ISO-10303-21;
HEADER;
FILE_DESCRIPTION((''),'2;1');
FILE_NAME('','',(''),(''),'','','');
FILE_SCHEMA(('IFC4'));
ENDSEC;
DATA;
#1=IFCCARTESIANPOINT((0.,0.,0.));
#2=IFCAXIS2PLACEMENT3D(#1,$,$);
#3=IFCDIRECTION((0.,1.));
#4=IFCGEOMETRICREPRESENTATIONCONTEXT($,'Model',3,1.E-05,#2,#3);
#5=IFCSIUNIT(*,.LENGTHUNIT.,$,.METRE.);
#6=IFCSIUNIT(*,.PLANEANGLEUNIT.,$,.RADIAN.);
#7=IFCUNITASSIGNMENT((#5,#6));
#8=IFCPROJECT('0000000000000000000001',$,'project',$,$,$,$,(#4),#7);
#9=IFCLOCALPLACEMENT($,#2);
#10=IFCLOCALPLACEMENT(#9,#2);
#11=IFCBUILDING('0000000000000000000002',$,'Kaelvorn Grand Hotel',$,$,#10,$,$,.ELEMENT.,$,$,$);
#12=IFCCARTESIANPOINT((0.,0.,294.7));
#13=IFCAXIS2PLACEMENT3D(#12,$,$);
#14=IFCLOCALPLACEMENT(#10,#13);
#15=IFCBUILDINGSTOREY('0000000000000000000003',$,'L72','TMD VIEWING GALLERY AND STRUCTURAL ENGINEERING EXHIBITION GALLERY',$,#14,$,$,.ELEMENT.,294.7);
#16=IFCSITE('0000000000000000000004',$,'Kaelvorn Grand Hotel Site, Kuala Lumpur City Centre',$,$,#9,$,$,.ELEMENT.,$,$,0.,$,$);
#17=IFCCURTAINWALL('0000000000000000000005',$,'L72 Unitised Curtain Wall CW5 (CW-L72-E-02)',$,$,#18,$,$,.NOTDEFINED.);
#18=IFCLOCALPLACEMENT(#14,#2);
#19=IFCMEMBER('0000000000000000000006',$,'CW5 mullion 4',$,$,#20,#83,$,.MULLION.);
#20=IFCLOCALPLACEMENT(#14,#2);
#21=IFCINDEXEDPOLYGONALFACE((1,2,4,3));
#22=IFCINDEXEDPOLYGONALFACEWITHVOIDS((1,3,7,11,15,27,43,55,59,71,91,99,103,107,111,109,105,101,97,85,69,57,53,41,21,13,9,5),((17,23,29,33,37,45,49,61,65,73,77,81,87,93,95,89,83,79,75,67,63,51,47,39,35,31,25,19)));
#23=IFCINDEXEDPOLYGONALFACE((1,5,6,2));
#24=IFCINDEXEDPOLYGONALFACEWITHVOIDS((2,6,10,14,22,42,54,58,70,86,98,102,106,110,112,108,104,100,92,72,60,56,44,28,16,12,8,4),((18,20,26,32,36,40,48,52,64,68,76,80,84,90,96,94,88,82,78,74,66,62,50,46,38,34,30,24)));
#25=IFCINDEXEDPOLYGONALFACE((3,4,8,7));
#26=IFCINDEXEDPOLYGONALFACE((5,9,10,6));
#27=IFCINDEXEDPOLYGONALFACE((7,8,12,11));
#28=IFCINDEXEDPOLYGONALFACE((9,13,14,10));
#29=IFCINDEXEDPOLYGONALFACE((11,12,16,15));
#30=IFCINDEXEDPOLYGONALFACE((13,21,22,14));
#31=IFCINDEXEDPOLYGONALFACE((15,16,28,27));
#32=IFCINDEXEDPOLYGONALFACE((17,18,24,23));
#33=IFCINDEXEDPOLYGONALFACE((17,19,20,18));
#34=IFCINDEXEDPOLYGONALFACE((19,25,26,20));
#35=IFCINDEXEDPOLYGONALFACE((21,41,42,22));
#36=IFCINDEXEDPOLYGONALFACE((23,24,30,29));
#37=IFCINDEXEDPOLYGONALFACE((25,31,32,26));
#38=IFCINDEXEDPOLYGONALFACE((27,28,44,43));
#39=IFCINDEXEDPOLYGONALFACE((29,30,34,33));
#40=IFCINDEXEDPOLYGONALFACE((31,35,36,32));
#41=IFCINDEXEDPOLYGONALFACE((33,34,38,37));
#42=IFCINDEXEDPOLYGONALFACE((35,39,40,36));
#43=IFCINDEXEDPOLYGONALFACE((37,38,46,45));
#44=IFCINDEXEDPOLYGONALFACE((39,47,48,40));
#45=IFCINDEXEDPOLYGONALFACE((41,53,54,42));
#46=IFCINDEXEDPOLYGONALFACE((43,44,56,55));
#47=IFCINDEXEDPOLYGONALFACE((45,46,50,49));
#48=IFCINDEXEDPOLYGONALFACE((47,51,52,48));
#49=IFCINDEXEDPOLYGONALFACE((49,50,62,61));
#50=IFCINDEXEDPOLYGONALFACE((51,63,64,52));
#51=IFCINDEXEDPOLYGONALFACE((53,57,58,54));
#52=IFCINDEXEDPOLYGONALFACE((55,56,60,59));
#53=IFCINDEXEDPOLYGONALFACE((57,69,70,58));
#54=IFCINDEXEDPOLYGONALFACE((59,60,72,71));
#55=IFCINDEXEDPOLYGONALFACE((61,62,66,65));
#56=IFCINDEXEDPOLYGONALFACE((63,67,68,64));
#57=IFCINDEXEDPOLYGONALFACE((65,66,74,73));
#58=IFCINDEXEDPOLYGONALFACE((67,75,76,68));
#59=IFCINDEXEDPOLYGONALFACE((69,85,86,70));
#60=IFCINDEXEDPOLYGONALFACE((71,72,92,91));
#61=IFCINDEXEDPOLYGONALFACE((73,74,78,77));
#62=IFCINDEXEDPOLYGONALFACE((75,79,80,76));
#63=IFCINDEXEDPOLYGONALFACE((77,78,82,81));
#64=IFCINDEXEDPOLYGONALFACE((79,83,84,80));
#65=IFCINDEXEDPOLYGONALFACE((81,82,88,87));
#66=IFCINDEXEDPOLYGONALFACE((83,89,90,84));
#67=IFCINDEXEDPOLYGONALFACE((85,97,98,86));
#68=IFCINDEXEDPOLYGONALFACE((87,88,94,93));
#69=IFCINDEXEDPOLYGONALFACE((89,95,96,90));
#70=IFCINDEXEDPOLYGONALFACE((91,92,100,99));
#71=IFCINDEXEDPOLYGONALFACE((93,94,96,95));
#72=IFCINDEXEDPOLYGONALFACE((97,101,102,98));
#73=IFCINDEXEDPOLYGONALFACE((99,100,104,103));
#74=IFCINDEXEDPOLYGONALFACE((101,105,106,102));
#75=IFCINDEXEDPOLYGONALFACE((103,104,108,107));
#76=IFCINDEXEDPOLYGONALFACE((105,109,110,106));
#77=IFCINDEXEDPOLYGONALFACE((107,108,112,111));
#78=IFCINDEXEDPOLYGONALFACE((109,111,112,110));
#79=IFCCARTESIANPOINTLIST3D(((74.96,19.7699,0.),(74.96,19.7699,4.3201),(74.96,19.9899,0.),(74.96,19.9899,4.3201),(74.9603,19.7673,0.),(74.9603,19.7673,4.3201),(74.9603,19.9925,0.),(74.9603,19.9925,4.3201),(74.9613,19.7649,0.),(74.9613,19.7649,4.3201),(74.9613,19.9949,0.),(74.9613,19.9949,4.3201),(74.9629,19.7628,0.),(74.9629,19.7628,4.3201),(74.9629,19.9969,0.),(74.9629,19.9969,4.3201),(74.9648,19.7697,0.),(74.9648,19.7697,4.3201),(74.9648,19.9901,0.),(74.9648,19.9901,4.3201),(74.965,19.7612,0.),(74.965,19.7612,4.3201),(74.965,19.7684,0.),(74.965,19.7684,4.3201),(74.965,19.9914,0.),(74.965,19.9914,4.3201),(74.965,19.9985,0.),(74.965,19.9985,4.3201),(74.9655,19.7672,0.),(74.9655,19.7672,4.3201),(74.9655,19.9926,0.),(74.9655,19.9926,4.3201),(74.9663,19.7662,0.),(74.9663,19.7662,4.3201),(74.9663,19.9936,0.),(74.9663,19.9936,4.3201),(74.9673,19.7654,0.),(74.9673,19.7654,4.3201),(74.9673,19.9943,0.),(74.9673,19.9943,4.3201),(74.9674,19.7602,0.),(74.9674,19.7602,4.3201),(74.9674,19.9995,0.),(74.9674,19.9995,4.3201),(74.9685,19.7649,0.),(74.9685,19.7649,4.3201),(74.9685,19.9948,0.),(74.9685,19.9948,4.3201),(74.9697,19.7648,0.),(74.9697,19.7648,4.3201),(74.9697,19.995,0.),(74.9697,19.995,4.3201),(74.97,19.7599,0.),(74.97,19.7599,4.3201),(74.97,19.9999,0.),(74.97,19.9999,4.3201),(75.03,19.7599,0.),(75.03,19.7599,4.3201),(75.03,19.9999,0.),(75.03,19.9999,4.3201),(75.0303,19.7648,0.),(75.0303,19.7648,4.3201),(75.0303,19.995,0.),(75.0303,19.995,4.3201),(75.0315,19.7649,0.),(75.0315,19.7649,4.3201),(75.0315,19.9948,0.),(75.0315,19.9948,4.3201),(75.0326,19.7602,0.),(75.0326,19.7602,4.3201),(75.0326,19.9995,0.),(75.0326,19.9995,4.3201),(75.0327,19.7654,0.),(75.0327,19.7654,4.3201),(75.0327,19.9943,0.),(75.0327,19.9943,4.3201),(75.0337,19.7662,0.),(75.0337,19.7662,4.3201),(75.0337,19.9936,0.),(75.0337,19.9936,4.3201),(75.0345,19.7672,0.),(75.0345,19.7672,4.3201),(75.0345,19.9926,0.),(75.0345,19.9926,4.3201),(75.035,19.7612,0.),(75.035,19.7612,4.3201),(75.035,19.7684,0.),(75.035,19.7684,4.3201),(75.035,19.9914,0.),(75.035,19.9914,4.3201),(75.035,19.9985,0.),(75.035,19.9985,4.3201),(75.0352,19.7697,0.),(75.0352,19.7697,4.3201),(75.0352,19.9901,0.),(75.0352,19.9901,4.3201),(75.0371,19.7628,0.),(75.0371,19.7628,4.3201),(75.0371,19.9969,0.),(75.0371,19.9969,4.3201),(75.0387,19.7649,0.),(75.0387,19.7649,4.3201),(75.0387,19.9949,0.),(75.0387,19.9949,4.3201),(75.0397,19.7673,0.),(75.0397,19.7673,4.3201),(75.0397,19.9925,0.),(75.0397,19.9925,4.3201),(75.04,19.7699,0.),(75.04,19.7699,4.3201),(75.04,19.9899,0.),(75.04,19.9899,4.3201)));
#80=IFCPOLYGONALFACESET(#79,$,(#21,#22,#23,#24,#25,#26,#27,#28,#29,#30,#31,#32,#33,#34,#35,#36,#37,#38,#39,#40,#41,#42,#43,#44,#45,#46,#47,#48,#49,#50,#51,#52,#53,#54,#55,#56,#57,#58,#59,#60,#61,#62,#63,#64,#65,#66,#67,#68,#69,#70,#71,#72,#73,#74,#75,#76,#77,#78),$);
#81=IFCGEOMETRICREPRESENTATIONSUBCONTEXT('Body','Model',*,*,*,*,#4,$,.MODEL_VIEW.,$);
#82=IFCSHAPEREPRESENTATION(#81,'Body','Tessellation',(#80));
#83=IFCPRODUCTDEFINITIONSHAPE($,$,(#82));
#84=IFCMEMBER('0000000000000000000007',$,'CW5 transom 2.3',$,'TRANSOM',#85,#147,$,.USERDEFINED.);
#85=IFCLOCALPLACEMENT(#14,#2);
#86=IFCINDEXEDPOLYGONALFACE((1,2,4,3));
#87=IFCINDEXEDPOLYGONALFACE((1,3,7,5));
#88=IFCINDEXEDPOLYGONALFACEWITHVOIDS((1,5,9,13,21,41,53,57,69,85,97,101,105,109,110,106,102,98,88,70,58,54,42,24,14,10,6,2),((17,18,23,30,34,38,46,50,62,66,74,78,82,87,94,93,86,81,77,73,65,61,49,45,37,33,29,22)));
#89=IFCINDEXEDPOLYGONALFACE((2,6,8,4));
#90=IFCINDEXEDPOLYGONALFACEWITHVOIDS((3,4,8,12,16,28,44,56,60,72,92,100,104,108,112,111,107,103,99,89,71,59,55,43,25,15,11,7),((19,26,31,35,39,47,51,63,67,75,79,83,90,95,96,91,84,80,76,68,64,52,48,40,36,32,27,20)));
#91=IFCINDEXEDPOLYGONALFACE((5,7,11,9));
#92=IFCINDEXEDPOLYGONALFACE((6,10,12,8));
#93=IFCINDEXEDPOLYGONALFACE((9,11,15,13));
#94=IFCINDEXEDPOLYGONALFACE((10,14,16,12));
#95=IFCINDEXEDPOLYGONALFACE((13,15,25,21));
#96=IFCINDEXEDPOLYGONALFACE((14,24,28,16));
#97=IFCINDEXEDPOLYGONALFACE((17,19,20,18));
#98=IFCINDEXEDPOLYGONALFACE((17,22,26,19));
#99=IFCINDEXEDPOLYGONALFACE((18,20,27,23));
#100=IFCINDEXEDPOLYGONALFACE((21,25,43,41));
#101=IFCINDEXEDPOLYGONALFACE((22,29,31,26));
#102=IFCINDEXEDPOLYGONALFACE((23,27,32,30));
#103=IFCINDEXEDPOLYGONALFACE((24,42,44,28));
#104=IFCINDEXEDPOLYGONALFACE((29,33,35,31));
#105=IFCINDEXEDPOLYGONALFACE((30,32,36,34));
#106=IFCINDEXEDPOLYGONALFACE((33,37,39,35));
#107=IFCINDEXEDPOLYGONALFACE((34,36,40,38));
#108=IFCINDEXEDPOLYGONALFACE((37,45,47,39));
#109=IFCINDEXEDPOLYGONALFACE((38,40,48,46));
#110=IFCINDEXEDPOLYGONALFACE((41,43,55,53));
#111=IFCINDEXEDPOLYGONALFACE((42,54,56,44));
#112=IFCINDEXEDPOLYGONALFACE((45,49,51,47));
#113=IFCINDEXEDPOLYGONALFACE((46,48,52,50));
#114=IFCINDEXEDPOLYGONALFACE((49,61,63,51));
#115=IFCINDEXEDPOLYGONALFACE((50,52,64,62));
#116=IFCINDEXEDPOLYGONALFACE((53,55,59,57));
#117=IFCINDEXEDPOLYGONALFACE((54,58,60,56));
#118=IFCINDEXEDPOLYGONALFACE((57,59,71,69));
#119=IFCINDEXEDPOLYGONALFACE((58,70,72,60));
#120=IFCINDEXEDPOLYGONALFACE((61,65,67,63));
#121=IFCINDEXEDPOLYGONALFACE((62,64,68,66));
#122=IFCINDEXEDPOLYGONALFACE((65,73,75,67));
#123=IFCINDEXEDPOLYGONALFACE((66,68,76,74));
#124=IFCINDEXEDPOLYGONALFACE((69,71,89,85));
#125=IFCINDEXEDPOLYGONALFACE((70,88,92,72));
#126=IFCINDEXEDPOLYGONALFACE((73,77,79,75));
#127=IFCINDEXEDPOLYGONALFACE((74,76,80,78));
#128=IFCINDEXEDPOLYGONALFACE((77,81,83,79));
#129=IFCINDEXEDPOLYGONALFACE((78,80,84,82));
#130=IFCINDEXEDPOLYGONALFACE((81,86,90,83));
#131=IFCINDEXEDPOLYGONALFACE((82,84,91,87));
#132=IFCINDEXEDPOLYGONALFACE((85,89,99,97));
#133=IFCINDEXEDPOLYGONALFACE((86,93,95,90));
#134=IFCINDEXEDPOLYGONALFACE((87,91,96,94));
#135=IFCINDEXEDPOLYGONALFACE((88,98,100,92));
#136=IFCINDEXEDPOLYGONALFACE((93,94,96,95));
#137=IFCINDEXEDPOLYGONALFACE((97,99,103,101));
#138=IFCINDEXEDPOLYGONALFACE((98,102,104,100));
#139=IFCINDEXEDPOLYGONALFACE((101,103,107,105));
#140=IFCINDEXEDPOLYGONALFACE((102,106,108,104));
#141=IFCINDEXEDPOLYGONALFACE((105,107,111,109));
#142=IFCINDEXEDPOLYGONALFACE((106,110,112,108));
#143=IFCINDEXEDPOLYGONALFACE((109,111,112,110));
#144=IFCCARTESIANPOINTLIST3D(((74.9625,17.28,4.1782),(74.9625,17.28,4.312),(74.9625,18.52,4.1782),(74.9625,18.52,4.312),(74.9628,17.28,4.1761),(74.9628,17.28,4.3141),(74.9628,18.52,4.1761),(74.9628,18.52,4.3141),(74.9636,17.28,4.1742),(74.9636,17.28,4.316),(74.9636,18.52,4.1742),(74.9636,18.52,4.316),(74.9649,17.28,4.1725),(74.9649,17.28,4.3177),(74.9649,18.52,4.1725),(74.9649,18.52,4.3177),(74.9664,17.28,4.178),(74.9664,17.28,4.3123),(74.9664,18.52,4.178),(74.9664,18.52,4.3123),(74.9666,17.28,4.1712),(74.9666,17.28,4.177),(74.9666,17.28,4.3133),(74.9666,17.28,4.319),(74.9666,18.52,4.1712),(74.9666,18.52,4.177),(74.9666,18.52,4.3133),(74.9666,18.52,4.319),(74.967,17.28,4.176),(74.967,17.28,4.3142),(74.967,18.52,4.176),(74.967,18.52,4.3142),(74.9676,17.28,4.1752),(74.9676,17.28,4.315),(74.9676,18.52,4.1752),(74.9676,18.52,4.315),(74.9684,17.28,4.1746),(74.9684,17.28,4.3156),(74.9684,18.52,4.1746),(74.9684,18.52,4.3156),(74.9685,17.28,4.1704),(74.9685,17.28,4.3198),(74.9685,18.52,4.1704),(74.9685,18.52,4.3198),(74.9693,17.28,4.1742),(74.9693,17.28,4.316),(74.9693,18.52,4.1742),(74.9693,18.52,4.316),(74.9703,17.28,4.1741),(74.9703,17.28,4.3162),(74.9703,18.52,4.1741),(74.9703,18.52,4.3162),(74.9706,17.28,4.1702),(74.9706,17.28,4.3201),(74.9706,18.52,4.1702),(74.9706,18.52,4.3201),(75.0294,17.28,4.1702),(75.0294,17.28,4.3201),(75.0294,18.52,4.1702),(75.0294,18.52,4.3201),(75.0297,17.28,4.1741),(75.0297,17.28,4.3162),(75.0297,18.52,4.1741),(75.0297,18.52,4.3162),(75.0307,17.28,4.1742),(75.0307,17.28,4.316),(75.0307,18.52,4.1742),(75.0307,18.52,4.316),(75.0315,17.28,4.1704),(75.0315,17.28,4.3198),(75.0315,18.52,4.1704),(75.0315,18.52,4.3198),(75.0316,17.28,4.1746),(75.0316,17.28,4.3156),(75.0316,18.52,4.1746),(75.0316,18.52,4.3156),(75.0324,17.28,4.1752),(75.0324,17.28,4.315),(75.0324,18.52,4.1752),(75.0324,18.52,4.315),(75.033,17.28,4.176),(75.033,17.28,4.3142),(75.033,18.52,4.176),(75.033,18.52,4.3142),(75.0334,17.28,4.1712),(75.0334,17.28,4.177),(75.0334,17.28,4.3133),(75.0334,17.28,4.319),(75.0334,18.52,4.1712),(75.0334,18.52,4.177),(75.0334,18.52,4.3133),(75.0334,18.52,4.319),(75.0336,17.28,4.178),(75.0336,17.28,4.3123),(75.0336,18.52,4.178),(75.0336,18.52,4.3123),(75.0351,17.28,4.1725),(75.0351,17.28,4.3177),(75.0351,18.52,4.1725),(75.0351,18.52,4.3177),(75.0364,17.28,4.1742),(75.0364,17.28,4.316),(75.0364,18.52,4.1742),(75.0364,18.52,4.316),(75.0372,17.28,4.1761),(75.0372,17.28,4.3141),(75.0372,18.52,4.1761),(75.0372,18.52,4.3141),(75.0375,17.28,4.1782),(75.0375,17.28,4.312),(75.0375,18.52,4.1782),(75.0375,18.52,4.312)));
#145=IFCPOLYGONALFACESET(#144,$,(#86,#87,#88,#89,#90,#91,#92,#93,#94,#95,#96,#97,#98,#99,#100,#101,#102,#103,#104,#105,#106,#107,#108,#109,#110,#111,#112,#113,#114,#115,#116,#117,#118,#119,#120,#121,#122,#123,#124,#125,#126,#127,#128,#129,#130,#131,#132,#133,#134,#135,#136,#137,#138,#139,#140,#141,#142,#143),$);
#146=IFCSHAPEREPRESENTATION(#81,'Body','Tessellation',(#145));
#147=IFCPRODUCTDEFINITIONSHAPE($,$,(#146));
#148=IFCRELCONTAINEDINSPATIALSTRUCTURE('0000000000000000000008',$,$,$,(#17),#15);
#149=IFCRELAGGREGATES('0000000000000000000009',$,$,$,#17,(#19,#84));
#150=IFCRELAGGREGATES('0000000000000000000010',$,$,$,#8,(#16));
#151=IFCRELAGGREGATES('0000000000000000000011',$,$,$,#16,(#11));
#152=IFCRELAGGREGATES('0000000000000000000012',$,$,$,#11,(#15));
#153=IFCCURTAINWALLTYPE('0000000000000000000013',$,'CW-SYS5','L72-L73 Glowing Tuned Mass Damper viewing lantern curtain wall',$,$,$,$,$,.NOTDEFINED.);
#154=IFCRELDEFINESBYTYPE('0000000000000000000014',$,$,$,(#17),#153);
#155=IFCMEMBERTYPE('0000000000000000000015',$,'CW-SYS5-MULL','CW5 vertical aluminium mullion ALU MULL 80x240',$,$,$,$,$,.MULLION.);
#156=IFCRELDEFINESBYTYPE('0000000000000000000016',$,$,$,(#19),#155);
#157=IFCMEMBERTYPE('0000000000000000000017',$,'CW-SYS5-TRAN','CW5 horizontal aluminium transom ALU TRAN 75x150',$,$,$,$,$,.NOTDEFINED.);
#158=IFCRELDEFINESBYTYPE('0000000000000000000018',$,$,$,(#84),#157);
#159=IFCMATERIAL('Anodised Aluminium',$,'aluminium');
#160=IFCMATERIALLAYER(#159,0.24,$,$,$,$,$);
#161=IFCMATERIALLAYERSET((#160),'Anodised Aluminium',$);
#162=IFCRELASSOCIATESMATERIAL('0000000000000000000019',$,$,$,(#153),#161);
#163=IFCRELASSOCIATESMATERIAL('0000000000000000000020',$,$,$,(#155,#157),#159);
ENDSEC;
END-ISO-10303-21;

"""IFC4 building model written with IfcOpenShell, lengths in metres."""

from ifc_helpers import new_model, si_unit, direction, frame, origin, origin_2d, place, context, subcontext, project, spatial, hollow_rectangle, extrude, material, layer, layer_set, material_profile, profile_set, type_object, element, aggregate, save


model = new_model("IFC4")

# Units and contexts
model_context = context("Model", 3, precision=1e-05, world=origin(), true_north=direction((0.0, 1.0)))
body_context = subcontext(model_context, "Body", "Model", "MODEL_VIEW")
ifc_project = project(units=[si_unit("LENGTHUNIT", "METRE"), si_unit("PLANEANGLEUNIT", "RADIAN")], contexts=[model_context])

# Site, building, storey
site_placement = place(None, origin())
site = spatial("IfcSite", under=ifc_project, at=site_placement, Name="Kaelvorn Grand Hotel Site, Kuala Lumpur City Centre", CompositionType="ELEMENT", RefElevation=0.0)
building_placement = place(site_placement, origin())
building = spatial("IfcBuilding", under=site, at=building_placement, Name="Kaelvorn Grand Hotel", CompositionType="ELEMENT")
storey_placement = place(building_placement, frame((0.0, 0.0, 294.7)))
storey = spatial("IfcBuildingStorey", under=building, at=storey_placement, Name="L72", Description="TMD VIEWING GALLERY AND STRUCTURAL ENGINEERING EXHIBITION GALLERY", CompositionType="ELEMENT", Elevation=294.7)

# Curtain wall, members
ifc_material_1 = material(Name="Anodised Aluminium", Category="aluminium")
ifc_layer_1 = layer(ifc_material_1, 0.24)
ifc_layer_set_1 = layer_set([ifc_layer_1], Name="Anodised Aluminium")
curtain_wall_type = type_object("IfcCurtainWallType", Name="CW-SYS5", Description="L72-L73 Glowing Tuned Mass Damper viewing lantern curtain wall", PredefinedType="NOTDEFINED", material=ifc_layer_set_1)
curtain_wall_placement = place(storey_placement, origin())
curtain_wall = element("IfcCurtainWall", 1, at=curtain_wall_placement, inside=storey, type_object=curtain_wall_type, Name="L72 Unitised Curtain Wall CW5 (CW-L72-E-02)", PredefinedType="NOTDEFINED")
ifc_material_profile_1 = material_profile(ifc_material_1, hollow_rectangle(XDim=0.0801, YDim=0.24, WallThickness=0.0049, InnerFilletRadius=0.0049, OuterFilletRadius=0.01, at=origin_2d()), Name="ALU MULL 80x240")
ifc_profile_set_1 = profile_set([ifc_material_profile_1], Name="Anodised Aluminium")
member_type_1 = type_object("IfcMemberType", Name="CW-SYS5-MULL", Description="CW5 vertical aluminium mullion ALU MULL 80x240", PredefinedType="MULLION", material=ifc_profile_set_1)
member_1_placement = place(storey_placement, frame((75.0, 19.8799, 0.0), z_axis=(0.0, 0.0, 1.0), x_axis=(-1.0, 0.0, 0.0)))
member_1 = element("IfcMember", 2, at=member_1_placement, type_object=member_type_1, Name="CW5 mullion 4", PredefinedType="MULLION", context=body_context, shape_type="SweptSolid", body=[
    extrude(hollow_rectangle(XDim=0.0801, YDim=0.24, WallThickness=0.0049, InnerFilletRadius=0.0049, OuterFilletRadius=0.01, at=origin_2d()), origin(), (0.0, 0.0, 1.0), 4.3201),
])
ifc_material_profile_2 = material_profile(ifc_material_1, hollow_rectangle(XDim=0.075, YDim=0.1499, WallThickness=0.0039, InnerFilletRadius=0.0039, OuterFilletRadius=0.0081, at=origin_2d()), Name="ALU TRAN 75x150")
ifc_profile_set_2 = profile_set([ifc_material_profile_2], Name="Anodised Aluminium")
member_type_2 = type_object("IfcMemberType", Name="CW-SYS5-TRAN", Description="CW5 horizontal aluminium transom ALU TRAN 75x150", PredefinedType="NOTDEFINED", material=ifc_profile_set_2)
member_2_placement = place(storey_placement, frame((75.0, 17.28, 4.2451), z_axis=(0.0, 1.0, 0.0), x_axis=(-1.0, 0.0, 0.0)))
member_2 = element("IfcMember", 3, at=member_2_placement, type_object=member_type_2, Name="CW5 transom 2.3", ObjectType="TRANSOM", PredefinedType="USERDEFINED", context=body_context, shape_type="SweptSolid", body=[
    extrude(hollow_rectangle(XDim=0.075, YDim=0.1499, WallThickness=0.0039, InnerFilletRadius=0.0039, OuterFilletRadius=0.0081, at=origin_2d()), origin(), (0.0, 0.0, 1.0), 1.24),
])
aggregate(curtain_wall, [member_1, member_2])

save(model, "model.ifc")
